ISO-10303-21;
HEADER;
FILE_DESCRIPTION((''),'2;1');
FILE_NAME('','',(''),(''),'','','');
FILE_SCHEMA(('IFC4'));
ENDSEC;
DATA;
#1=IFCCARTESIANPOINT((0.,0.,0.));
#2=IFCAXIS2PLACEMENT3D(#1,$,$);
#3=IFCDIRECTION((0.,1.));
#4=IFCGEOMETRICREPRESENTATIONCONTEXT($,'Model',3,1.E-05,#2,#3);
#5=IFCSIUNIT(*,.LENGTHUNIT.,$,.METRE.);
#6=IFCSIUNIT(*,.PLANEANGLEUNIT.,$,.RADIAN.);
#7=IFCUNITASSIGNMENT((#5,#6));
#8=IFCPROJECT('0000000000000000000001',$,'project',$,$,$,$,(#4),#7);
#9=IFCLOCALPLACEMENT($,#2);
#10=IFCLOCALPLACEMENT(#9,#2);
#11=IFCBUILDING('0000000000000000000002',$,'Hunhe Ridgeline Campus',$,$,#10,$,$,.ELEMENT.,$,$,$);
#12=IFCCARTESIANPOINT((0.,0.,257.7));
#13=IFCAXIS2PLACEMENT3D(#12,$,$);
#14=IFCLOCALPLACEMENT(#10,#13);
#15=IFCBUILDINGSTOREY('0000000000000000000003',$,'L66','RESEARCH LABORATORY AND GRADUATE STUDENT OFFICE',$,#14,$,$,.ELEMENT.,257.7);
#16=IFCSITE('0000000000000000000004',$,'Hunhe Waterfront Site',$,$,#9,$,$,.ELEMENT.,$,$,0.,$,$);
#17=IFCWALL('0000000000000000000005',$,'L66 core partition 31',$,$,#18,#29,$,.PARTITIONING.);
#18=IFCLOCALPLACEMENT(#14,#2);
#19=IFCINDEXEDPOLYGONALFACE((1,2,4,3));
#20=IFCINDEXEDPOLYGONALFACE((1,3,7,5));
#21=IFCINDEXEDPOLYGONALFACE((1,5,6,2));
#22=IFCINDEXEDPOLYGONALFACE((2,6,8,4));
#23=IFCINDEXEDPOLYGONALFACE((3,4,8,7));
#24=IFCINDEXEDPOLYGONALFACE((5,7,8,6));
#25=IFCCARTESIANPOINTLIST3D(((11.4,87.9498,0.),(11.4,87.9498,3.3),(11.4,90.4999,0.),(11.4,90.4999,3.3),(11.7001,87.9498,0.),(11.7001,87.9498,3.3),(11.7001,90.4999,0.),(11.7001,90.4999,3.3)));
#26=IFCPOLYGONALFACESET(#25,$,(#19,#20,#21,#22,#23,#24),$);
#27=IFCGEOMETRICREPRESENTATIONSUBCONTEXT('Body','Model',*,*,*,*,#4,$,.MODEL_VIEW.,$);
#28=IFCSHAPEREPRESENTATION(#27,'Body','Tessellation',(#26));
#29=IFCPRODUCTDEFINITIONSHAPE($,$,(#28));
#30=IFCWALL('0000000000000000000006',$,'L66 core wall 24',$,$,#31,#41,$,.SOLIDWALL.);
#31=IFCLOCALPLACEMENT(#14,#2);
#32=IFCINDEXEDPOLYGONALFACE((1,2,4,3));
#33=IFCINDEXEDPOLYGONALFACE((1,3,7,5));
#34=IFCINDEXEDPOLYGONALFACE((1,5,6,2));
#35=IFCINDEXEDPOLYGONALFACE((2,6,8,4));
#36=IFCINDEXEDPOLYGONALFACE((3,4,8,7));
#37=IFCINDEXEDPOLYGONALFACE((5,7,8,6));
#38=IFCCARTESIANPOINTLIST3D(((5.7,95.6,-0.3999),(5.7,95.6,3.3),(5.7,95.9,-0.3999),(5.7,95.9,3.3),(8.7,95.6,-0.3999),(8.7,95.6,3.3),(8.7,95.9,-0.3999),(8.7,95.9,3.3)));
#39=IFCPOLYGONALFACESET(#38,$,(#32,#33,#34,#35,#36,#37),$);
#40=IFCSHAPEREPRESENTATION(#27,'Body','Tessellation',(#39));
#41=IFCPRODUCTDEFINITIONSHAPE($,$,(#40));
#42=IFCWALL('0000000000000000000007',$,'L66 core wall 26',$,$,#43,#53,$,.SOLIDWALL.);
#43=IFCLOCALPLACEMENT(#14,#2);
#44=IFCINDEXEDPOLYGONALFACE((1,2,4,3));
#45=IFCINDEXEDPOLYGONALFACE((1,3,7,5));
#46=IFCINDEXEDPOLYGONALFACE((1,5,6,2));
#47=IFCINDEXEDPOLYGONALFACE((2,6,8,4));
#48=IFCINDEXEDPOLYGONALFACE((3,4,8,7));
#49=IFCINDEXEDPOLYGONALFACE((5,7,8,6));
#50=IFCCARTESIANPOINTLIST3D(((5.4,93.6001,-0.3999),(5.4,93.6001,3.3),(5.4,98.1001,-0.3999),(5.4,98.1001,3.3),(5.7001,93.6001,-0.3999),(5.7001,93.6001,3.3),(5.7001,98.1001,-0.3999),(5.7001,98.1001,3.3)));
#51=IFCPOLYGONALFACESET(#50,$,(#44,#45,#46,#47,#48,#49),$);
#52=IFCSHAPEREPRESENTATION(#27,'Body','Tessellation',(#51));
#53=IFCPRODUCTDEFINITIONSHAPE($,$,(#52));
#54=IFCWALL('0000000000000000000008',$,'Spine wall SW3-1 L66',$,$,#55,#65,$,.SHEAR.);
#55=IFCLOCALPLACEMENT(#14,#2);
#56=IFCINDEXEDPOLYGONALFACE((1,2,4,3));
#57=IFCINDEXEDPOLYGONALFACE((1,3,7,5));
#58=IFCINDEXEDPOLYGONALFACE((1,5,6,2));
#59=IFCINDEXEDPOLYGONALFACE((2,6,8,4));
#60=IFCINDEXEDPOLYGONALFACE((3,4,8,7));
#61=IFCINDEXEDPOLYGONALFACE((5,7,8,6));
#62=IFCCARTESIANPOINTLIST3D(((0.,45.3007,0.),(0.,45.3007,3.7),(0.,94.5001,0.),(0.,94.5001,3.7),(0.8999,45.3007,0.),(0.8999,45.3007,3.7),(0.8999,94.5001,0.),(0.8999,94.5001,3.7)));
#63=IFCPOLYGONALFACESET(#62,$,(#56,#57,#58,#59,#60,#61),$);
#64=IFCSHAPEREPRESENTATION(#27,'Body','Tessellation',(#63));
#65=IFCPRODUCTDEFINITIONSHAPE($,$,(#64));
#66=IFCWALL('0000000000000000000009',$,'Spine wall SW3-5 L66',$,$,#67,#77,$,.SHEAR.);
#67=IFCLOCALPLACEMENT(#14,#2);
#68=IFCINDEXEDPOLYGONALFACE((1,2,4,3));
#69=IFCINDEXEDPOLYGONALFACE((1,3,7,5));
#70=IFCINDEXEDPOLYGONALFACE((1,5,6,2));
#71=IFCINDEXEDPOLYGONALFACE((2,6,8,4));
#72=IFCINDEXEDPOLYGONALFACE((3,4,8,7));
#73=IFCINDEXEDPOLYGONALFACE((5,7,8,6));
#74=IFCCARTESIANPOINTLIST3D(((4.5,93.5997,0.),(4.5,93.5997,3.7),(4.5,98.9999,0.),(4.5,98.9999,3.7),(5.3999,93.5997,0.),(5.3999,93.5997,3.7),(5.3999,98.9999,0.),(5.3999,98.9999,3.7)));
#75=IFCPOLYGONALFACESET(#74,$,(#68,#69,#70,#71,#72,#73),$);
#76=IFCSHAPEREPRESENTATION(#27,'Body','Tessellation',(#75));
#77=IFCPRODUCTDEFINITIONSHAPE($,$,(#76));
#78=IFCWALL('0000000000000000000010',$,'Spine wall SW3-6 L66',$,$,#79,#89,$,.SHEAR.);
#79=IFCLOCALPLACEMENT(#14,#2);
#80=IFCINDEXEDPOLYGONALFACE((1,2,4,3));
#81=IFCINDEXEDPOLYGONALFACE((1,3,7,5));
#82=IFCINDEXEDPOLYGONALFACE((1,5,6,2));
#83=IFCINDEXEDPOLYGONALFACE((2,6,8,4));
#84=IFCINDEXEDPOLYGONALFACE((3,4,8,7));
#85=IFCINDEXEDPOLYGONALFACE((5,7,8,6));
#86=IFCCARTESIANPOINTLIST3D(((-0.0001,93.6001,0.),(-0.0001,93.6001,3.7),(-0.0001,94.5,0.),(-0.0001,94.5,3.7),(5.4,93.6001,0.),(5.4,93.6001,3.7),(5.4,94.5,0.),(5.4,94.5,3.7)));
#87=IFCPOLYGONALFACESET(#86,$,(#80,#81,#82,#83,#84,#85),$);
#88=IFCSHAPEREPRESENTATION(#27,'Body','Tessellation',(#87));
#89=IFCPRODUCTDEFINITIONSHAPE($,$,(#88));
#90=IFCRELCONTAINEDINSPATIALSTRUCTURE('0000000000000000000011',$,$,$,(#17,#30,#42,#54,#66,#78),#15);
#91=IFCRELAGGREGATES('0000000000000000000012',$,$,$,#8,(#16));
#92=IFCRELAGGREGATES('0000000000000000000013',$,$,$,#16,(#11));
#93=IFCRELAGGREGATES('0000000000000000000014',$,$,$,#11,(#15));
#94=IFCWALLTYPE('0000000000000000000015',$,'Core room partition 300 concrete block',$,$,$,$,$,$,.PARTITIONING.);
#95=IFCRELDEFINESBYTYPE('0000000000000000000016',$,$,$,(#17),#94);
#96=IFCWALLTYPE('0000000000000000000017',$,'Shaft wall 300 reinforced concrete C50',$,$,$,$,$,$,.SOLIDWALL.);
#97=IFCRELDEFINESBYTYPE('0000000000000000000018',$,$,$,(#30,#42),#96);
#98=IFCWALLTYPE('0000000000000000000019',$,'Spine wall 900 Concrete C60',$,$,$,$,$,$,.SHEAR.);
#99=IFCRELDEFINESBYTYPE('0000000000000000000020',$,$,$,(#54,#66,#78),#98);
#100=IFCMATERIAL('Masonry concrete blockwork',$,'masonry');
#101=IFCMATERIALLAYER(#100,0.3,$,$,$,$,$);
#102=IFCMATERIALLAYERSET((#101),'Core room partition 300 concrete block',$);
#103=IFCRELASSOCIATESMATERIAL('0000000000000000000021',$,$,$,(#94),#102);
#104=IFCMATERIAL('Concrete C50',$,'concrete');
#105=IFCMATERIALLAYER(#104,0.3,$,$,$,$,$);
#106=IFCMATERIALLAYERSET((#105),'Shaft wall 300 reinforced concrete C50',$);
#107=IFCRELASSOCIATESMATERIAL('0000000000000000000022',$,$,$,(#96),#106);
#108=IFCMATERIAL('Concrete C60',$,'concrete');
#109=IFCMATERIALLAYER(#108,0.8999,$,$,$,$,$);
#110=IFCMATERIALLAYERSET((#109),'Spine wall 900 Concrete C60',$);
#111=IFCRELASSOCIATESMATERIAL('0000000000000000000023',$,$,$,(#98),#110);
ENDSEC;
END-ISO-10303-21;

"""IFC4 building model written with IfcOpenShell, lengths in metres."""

from ifc_helpers import new_model, si_unit, direction, frame, frame_2d, origin, place, context, subcontext, project, spatial, rectangle, extrude, material, layer, layer_set, type_object, element, save


model = new_model("IFC4")

# Units and contexts
model_context = context("Model", 3, precision=1e-05, world=origin(), true_north=direction((0.0, 1.0)))
body_context = subcontext(model_context, "Body", "Model", "MODEL_VIEW")
ifc_project = project(units=[si_unit("LENGTHUNIT", "METRE"), si_unit("PLANEANGLEUNIT", "RADIAN")], contexts=[model_context])

# Site, building, storey
site_placement = place(None, origin())
site = spatial("IfcSite", under=ifc_project, at=site_placement, Name="Hunhe Waterfront Site", CompositionType="ELEMENT", RefElevation=0.0)
building_placement = place(site_placement, origin())
building = spatial("IfcBuilding", under=site, at=building_placement, Name="Hunhe Ridgeline Campus", CompositionType="ELEMENT")
storey_placement = place(building_placement, frame((0.0, 0.0, 257.7)))
storey = spatial("IfcBuildingStorey", under=building, at=storey_placement, Name="L66", Description="RESEARCH LABORATORY AND GRADUATE STUDENT OFFICE", CompositionType="ELEMENT", Elevation=257.7)

# Wall
ifc_material_1 = material(Name="Masonry concrete blockwork", Category="masonry")
ifc_layer_1 = layer(ifc_material_1, 0.3)
ifc_layer_set_1 = layer_set([ifc_layer_1], Name="Core room partition 300 concrete block")
wall_type_1 = type_object("IfcWallType", Name="Core room partition 300 concrete block", PredefinedType="PARTITIONING", material=ifc_layer_set_1)
wall_1_placement = place(storey_placement, frame((11.55, 87.95, 0.0), z_axis=(0.0, 0.0, 1.0), x_axis=(0.0, 1.0, 0.0)))
element("IfcWall", 1, at=wall_1_placement, inside=storey, type_object=wall_type_1, Name="L66 core partition 31", PredefinedType="PARTITIONING", context=body_context, shape_type="SweptSolid", body=[
    extrude(rectangle(XDim=2.55, YDim=0.3, at=frame_2d((1.2749, 0.0))), origin(), (0.0, 0.0, 1.0), 3.3),
])

# Shared definitions
ifc_material_2 = material(Name="Concrete C50", Category="concrete")
ifc_layer_2 = layer(ifc_material_2, 0.3)
ifc_layer_set_2 = layer_set([ifc_layer_2], Name="Shaft wall 300 reinforced concrete C50")
wall_type_2 = type_object("IfcWallType", Name="Shaft wall 300 reinforced concrete C50", PredefinedType="SOLIDWALL", material=ifc_layer_set_2)

# Walls
wall_2_placement = place(storey_placement, frame((5.7, 95.75, -0.3999), z_axis=(0.0, 0.0, 1.0), x_axis=(1.0, 0.0, 0.0)))
element("IfcWall", 2, at=wall_2_placement, inside=storey, type_object=wall_type_2, Name="L66 core wall 24", PredefinedType="SOLIDWALL", context=body_context, shape_type="SweptSolid", body=[
    extrude(rectangle(XDim=3.0, YDim=0.3, at=frame_2d((1.5, 0.0))), origin(), (0.0, 0.0, 1.0), 3.7),
])
wall_3_placement = place(storey_placement, frame((5.55, 93.6001, -0.3999), z_axis=(0.0, 0.0, 1.0), x_axis=(0.0, 1.0, 0.0)))
element("IfcWall", 3, at=wall_3_placement, inside=storey, type_object=wall_type_2, Name="L66 core wall 26", PredefinedType="SOLIDWALL", context=body_context, shape_type="SweptSolid", body=[
    extrude(rectangle(XDim=4.5, YDim=0.3, at=frame_2d((2.25, 0.0))), origin(), (0.0, 0.0, 1.0), 3.7),
])

# Walls
ifc_material_3 = material(Name="Concrete C60", Category="concrete")
ifc_layer_3 = layer(ifc_material_3, 0.8999)
ifc_layer_set_3 = layer_set([ifc_layer_3], Name="Spine wall 900 Concrete C60")
wall_type_3 = type_object("IfcWallType", Name="Spine wall 900 Concrete C60", PredefinedType="SHEAR", material=ifc_layer_set_3)
wall_4_placement = place(storey_placement, frame((0.45, 94.5, 0.0), z_axis=(0.0, 0.0, 1.0), x_axis=(0.0, -1.0, 0.0)))
element("IfcWall", 4, at=wall_4_placement, inside=storey, type_object=wall_type_3, Name="Spine wall SW3-1 L66", PredefinedType="SHEAR", context=body_context, shape_type="SweptSolid", body=[
    extrude(rectangle(XDim=49.1995, YDim=0.8999, at=frame_2d((24.5996, 0.0))), origin(), (0.0, 0.0, 1.0), 3.7),
])
for number, where, z_axis, x_axis, name in (
    (5, (4.95, 99.0, 0.0), (0.0, 0.0, 1.0), (0.0, -1.0, 0.0), "Spine wall SW3-5 L66"),
    (6, (5.4001, 94.05, 0.0), (0.0, 0.0, 1.0), (-1.0, 0.0, 0.0), "Spine wall SW3-6 L66"),
):
    element("IfcWall", number, at=place(storey_placement, frame(where, z_axis=z_axis, x_axis=x_axis)), inside=storey, type_object=wall_type_3, Name=name, PredefinedType="SHEAR", context=body_context, shape_type="SweptSolid", body=[
        extrude(rectangle(XDim=5.4001, YDim=0.8999, at=frame_2d((2.7002, 0.0))), origin(), (0.0, 0.0, 1.0), 3.7),
    ])

save(model, "model.ifc")
